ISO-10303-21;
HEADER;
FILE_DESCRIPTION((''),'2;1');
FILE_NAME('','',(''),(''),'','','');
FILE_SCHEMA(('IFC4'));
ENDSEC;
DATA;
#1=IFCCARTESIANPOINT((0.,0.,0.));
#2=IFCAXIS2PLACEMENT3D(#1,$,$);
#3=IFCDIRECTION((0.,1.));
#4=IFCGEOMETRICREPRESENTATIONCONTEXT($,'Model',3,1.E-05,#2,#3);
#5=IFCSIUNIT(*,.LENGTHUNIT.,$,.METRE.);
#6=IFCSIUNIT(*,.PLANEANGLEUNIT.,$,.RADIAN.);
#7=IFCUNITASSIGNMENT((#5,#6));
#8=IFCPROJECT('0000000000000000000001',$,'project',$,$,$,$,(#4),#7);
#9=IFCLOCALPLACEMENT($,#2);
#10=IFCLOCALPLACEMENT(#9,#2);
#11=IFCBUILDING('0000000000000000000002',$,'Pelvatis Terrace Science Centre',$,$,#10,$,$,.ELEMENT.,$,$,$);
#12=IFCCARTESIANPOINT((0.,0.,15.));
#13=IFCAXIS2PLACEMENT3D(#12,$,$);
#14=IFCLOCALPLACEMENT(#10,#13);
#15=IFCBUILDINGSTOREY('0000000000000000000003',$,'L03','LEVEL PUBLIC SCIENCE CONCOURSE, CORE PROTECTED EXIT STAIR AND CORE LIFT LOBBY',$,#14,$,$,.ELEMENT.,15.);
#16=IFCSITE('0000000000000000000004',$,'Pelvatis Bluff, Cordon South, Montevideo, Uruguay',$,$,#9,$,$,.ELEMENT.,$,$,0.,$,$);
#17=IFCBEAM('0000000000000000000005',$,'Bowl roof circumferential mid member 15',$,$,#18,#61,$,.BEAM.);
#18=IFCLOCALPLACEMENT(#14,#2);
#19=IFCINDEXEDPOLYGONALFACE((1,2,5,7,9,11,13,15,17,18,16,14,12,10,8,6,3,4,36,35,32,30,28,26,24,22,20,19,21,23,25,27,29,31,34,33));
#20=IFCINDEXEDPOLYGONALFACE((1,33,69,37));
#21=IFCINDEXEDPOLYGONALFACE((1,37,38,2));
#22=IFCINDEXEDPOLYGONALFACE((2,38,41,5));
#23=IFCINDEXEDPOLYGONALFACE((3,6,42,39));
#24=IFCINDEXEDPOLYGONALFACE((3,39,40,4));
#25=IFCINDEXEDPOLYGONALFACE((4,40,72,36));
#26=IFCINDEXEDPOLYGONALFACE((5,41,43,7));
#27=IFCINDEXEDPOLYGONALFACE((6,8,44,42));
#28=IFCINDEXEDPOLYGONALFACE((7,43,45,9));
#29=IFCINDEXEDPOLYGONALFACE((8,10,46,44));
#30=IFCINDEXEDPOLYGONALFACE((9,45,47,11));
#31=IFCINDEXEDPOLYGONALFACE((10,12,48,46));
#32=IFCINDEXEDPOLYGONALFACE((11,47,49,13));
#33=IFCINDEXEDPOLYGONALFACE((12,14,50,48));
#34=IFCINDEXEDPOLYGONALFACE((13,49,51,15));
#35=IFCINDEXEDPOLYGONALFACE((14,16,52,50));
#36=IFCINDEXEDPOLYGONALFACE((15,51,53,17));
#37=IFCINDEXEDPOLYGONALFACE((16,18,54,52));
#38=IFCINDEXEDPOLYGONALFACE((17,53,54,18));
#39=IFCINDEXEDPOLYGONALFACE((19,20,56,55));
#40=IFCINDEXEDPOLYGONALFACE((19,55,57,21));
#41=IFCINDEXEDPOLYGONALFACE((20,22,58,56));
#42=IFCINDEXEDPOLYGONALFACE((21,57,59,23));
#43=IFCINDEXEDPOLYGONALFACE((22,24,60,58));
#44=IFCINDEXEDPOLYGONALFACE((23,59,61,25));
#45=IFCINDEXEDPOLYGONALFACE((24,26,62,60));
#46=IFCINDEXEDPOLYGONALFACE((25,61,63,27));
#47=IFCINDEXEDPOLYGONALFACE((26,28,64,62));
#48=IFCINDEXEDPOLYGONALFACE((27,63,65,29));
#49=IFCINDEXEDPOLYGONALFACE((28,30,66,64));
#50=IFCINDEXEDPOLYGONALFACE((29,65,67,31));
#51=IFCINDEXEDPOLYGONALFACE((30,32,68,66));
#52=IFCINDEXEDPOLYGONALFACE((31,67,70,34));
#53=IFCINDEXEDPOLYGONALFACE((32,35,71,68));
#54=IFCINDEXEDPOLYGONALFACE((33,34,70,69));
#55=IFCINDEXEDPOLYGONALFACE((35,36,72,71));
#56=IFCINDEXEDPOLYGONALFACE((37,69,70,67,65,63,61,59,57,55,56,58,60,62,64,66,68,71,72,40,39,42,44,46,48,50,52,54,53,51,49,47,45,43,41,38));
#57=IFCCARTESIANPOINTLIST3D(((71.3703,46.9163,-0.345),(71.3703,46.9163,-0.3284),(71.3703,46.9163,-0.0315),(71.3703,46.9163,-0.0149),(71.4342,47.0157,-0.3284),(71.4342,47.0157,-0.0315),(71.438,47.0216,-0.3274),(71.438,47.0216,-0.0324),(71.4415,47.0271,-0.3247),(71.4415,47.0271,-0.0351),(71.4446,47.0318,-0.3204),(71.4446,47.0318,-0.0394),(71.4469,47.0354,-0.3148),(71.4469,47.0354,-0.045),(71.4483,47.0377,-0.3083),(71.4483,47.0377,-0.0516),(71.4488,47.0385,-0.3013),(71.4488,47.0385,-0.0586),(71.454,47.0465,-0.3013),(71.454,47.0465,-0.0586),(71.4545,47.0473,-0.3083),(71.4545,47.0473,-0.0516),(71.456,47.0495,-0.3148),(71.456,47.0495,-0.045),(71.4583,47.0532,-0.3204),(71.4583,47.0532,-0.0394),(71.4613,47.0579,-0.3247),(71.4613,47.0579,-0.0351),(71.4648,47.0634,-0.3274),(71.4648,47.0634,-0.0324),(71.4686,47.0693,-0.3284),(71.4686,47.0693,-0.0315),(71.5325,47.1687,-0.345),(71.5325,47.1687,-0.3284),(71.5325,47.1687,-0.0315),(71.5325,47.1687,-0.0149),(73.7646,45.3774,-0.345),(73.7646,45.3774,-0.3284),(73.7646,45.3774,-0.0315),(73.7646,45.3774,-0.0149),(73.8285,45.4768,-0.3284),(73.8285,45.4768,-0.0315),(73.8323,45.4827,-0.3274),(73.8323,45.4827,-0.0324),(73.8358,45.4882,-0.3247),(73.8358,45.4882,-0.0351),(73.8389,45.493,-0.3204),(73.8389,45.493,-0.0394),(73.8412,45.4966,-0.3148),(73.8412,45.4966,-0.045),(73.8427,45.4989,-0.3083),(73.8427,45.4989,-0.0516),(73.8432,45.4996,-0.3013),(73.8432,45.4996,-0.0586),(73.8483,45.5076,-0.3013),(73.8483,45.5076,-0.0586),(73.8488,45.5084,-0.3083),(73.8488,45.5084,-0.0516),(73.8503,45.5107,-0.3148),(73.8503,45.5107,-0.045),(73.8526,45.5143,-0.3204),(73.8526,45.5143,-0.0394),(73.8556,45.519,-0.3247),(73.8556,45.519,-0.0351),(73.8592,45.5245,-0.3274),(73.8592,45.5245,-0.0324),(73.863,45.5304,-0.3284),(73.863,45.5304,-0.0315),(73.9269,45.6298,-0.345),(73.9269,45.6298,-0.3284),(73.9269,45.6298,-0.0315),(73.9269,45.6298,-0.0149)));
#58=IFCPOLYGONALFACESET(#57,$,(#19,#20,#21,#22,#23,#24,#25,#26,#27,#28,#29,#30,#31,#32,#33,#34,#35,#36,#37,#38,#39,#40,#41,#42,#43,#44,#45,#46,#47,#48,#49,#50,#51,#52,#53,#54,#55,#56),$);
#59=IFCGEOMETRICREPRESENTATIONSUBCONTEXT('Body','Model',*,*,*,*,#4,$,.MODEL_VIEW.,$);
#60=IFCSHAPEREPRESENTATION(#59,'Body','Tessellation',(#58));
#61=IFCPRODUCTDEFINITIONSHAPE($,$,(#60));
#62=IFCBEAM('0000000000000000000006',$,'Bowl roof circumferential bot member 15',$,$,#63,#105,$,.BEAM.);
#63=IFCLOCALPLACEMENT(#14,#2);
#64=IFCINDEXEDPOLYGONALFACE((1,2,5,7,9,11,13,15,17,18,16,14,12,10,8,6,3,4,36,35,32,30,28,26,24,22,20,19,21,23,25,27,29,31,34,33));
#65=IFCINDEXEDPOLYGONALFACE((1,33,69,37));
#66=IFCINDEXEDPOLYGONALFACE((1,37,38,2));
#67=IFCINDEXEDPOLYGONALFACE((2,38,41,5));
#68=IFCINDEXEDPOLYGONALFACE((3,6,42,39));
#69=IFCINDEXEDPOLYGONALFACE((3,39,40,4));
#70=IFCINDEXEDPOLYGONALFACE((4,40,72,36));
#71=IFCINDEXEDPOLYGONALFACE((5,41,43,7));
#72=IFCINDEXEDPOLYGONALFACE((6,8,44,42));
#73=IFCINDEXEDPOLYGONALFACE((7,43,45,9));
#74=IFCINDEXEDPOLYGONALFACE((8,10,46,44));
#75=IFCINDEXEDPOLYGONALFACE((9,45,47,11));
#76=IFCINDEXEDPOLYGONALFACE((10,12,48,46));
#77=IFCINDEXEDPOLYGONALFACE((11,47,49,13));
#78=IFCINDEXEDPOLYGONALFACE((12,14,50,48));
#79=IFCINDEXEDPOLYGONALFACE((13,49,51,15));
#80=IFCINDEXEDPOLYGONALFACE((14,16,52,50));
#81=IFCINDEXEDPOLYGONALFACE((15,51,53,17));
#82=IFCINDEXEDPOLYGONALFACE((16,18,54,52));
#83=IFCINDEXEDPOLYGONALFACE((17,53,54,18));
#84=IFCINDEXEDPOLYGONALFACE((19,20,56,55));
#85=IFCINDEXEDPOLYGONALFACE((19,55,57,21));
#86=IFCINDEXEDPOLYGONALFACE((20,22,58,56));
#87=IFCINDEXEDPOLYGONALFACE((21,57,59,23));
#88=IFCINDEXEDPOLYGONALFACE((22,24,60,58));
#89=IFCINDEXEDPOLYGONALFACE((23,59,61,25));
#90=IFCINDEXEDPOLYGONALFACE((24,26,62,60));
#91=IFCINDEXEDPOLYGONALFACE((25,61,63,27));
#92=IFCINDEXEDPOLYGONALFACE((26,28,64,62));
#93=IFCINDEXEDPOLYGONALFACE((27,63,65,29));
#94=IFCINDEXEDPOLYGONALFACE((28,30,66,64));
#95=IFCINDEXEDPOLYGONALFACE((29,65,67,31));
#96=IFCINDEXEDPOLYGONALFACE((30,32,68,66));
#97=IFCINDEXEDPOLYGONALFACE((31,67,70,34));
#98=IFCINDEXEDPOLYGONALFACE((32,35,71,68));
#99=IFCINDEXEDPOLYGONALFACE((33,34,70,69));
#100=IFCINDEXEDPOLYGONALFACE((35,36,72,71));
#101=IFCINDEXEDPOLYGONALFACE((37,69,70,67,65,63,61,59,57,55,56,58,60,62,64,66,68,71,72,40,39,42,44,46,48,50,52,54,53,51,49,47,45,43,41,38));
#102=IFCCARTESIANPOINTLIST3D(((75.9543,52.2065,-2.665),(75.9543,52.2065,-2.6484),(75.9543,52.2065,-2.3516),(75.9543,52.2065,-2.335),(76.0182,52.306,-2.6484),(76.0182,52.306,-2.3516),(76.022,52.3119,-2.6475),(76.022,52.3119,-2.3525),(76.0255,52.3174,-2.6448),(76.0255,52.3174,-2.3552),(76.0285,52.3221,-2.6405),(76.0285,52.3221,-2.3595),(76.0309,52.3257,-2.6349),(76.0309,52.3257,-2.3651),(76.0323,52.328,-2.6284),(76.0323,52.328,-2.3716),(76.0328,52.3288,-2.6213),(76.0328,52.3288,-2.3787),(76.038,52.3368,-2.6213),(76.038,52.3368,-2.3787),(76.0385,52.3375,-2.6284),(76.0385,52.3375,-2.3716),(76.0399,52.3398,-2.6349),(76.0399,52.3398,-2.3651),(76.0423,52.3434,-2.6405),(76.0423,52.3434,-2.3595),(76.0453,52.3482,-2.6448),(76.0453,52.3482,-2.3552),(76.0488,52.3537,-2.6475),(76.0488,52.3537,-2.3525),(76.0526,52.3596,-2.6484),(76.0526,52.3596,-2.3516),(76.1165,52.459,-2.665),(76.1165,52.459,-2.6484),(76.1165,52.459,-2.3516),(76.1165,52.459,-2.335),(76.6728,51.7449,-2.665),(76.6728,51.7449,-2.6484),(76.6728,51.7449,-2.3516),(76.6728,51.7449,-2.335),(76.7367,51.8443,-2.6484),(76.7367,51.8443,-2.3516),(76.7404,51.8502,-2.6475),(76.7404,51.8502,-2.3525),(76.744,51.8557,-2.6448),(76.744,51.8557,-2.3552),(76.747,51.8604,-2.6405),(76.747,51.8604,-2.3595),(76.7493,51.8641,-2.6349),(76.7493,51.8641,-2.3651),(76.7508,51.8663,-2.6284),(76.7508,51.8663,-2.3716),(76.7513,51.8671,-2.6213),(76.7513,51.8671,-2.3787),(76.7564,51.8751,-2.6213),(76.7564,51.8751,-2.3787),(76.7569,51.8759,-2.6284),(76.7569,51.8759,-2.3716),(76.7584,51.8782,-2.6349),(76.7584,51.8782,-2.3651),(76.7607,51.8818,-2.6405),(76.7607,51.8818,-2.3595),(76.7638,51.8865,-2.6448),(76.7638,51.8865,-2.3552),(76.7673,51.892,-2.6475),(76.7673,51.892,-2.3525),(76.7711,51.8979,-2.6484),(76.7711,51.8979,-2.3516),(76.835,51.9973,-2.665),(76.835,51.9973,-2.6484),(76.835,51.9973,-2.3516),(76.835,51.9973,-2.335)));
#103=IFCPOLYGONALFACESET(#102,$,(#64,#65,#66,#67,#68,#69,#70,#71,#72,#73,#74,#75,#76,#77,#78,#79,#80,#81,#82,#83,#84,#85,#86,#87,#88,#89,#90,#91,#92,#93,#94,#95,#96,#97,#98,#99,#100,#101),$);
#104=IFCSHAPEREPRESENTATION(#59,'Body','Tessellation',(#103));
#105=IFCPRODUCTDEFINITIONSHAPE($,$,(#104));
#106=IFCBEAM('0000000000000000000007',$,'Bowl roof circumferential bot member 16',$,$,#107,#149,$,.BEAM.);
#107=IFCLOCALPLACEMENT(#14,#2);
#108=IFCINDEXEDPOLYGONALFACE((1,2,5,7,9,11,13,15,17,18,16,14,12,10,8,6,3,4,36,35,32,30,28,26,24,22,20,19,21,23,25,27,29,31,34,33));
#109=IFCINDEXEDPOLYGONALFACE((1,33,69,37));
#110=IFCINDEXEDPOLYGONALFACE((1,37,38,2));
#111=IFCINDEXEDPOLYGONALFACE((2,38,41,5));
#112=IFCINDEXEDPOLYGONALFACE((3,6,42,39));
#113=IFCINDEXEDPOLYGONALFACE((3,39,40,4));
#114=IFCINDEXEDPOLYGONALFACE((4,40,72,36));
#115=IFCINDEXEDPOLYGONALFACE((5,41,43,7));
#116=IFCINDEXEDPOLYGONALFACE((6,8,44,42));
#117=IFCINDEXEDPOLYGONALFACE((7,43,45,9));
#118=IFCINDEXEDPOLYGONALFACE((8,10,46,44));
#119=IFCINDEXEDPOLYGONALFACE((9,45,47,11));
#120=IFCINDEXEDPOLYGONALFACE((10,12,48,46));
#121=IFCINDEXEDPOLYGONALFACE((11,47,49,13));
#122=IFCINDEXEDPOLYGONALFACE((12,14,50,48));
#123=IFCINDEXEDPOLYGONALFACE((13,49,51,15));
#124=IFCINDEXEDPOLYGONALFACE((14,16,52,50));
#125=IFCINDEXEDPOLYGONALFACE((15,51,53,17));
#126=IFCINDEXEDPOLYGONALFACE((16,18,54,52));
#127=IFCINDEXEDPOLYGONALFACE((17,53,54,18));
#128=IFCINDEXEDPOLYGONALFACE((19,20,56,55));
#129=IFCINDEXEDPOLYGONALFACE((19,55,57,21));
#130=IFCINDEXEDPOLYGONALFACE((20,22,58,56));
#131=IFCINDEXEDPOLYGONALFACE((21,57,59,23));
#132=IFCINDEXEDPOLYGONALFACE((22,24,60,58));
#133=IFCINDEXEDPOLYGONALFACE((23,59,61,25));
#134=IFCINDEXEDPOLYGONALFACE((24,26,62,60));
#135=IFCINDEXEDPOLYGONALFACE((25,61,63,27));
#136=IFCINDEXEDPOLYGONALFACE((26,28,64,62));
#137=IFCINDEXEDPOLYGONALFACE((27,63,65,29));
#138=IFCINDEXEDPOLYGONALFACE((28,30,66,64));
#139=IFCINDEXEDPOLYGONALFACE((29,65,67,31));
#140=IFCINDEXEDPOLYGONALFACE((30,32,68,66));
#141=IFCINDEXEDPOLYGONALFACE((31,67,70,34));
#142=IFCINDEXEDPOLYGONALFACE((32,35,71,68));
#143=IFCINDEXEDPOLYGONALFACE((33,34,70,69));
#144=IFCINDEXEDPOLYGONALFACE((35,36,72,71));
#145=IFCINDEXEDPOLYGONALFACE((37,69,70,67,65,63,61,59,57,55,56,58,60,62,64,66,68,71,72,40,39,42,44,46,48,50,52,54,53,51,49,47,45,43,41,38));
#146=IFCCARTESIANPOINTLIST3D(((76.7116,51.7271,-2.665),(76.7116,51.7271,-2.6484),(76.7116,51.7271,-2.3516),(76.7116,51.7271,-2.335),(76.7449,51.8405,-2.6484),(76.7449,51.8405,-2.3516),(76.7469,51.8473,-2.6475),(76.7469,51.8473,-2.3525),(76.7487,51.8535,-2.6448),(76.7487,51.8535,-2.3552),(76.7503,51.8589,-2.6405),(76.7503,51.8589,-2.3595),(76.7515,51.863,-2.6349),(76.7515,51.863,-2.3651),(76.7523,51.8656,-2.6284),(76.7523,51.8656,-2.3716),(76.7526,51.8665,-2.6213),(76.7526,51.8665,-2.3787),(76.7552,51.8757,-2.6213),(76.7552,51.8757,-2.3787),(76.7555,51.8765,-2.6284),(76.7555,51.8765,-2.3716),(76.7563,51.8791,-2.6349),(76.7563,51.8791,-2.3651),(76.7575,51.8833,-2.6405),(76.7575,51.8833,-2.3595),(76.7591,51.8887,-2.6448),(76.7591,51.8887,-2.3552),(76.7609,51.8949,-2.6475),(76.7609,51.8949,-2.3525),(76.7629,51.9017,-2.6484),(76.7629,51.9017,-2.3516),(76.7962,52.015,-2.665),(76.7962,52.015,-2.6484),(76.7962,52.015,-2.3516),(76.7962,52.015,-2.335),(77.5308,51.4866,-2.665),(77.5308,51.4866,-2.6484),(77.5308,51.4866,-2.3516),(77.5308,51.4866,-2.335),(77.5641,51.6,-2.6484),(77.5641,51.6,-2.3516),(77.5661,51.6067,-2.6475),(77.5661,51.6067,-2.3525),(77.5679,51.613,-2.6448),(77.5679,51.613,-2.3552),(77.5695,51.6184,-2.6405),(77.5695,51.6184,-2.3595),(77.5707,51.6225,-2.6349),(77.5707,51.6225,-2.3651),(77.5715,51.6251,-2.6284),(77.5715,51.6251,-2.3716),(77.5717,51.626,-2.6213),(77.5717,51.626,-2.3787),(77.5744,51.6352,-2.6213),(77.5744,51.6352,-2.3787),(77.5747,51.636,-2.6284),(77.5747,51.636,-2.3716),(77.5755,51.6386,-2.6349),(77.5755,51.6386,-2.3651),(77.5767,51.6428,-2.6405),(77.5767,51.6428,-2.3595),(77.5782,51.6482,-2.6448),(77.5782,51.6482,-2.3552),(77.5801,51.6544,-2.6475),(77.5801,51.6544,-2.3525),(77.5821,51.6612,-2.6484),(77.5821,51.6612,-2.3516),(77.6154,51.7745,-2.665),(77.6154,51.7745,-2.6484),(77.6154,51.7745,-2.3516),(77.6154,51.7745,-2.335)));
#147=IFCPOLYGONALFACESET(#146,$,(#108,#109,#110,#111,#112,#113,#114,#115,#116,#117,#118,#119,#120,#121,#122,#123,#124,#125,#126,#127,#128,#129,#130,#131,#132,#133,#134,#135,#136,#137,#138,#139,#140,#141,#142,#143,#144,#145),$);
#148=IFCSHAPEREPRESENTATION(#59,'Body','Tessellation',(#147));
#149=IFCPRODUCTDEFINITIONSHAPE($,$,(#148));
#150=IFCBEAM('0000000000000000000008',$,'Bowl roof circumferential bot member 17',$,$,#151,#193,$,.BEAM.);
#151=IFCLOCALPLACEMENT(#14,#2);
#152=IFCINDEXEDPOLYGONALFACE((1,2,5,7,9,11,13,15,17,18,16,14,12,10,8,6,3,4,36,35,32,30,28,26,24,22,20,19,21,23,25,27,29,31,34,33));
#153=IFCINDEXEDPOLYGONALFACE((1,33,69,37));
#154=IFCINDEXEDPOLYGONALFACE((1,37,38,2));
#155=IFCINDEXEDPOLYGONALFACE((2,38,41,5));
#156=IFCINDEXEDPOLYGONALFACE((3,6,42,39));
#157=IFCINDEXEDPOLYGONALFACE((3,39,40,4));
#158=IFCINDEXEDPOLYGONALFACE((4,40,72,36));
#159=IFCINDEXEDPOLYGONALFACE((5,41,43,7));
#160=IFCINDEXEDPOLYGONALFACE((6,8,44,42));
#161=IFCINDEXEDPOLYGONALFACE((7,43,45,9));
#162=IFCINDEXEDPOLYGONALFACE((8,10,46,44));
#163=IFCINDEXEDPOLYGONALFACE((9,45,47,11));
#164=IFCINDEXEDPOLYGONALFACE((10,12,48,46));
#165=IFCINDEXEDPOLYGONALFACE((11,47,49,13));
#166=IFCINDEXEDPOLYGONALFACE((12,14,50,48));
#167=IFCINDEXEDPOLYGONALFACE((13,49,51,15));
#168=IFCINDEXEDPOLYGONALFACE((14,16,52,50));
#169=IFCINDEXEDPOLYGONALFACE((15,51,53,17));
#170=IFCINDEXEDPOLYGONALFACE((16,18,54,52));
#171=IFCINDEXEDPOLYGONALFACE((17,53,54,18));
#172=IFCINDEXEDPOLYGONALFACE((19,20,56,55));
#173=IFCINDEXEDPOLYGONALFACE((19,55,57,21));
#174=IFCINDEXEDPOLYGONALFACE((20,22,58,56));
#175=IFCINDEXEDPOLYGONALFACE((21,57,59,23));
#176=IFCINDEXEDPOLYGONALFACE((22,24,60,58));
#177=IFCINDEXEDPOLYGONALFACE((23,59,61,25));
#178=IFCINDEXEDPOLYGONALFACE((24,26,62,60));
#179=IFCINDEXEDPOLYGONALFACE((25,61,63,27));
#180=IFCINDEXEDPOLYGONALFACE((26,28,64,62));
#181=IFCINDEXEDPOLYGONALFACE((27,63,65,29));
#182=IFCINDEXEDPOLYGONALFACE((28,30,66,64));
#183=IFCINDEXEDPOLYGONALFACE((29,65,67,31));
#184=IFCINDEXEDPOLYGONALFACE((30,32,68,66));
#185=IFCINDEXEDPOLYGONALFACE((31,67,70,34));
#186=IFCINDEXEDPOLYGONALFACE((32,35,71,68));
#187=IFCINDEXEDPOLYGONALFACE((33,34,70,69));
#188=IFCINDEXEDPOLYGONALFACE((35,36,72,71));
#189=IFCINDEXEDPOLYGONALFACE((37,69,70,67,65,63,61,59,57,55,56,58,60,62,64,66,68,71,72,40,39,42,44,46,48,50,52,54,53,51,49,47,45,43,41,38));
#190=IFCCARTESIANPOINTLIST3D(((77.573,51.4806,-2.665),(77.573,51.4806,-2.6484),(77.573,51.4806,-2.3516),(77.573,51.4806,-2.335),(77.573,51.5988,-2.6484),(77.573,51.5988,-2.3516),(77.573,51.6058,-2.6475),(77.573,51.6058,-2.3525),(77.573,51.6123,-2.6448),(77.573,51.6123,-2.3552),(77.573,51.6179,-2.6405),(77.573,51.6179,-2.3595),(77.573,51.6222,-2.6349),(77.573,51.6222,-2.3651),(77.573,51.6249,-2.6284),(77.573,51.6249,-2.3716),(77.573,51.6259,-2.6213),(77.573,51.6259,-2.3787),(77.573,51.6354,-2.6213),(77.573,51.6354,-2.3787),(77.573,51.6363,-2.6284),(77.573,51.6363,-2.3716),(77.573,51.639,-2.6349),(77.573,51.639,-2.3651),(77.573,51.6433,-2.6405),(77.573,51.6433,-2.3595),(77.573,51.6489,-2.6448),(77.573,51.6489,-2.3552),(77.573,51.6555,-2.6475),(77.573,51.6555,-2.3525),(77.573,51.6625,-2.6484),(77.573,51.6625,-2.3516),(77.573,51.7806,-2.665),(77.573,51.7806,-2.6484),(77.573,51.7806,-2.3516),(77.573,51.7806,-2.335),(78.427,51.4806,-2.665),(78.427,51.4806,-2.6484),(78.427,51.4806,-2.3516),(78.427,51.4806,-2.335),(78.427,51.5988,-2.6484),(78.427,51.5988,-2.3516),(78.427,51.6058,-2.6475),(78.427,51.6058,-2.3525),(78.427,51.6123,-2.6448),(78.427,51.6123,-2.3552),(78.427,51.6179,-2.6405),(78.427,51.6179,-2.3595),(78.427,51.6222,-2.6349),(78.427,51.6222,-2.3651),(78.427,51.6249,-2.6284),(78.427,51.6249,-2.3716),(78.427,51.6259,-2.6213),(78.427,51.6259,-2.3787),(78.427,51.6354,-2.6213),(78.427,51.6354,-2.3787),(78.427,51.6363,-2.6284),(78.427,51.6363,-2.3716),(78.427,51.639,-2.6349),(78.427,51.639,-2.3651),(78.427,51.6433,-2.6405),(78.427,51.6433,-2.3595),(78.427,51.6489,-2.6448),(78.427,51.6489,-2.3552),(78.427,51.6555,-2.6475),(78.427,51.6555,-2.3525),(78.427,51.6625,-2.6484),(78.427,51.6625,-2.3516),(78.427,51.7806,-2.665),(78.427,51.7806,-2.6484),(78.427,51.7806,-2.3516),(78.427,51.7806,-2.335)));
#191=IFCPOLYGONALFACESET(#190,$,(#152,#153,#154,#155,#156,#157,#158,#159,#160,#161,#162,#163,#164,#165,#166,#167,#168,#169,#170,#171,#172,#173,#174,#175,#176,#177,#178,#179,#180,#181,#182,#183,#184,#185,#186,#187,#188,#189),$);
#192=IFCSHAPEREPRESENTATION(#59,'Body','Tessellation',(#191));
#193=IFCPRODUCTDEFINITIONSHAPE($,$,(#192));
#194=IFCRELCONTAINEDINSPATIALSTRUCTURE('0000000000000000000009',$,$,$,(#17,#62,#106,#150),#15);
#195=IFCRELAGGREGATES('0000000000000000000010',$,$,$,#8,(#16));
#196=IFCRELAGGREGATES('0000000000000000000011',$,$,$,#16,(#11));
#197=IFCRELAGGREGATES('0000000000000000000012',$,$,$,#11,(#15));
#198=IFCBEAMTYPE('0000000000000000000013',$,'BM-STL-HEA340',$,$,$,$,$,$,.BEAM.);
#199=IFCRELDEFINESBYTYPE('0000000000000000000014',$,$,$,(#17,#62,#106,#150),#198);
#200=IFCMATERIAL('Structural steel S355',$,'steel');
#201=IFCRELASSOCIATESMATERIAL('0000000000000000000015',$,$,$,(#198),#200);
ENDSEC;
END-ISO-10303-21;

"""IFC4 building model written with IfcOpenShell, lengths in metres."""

from ifc_helpers import new_model, si_unit, direction, frame, origin, origin_2d, place, context, subcontext, project, spatial, i_section, extrude, material, material_profile, profile_set, type_object, element, save


model = new_model("IFC4")

# Units and contexts
model_context = context("Model", 3, precision=1e-05, world=origin(), true_north=direction((0.0, 1.0)))
body_context = subcontext(model_context, "Body", "Model", "MODEL_VIEW")
ifc_project = project(units=[si_unit("LENGTHUNIT", "METRE"), si_unit("PLANEANGLEUNIT", "RADIAN")], contexts=[model_context])

# Site, building, storey
site_placement = place(None, origin())
site = spatial("IfcSite", under=ifc_project, at=site_placement, Name="Pelvatis Bluff, Cordon South, Montevideo, Uruguay", CompositionType="ELEMENT", RefElevation=0.0)
building_placement = place(site_placement, origin())
building = spatial("IfcBuilding", under=site, at=building_placement, Name="Pelvatis Terrace Science Centre", CompositionType="ELEMENT")
storey_placement = place(building_placement, frame((0.0, 0.0, 15.0)))
storey = spatial("IfcBuildingStorey", under=building, at=storey_placement, Name="L03", Description="LEVEL PUBLIC SCIENCE CONCOURSE, CORE PROTECTED EXIT STAIR AND CORE LIFT LOBBY", CompositionType="ELEMENT", Elevation=15.0)

# Beams
ifc_material_1 = material(Name="Structural steel S355", Category="steel")
ifc_material_profile_1 = material_profile(ifc_material_1, i_section(OverallWidth=0.3, OverallDepth=0.3301, WebThickness=0.0095, FlangeThickness=0.0166, FilletRadius=0.0271, at=origin_2d()), Name="HEA 340")
ifc_profile_set_1 = profile_set([ifc_material_profile_1], Name="Structural steel S355")
beam_type_1 = type_object("IfcBeamType", Name="BM-STL-HEA340", PredefinedType="BEAM", material=ifc_profile_set_1)
beam_1_placement = place(storey_placement, frame((71.4514, 47.0425, -0.1799), z_axis=(0.841237, -0.540667, 0.0), x_axis=(0.540667, 0.841237, 0.0)))
element("IfcBeam", 1, at=beam_1_placement, inside=storey, type_object=beam_type_1, Name="Bowl roof circumferential mid member 15", PredefinedType="BEAM", context=body_context, shape_type="SweptSolid", body=[
    extrude(i_section(OverallWidth=0.3, OverallDepth=0.3301, WebThickness=0.0095, FlangeThickness=0.0166, FilletRadius=0.0271, at=origin_2d()), origin(), (0.0, 0.0, 1.0), 2.8462),
])
beam_2_placement = place(storey_placement, frame((76.0354, 52.3328, -2.5), z_axis=(0.841299, -0.54057, 0.0), x_axis=(0.54057, 0.841299, 0.0)))
element("IfcBeam", 2, at=beam_2_placement, inside=storey, type_object=beam_type_1, Name="Bowl roof circumferential bot member 15", PredefinedType="BEAM", context=body_context, shape_type="SweptSolid", body=[
    extrude(i_section(OverallWidth=0.3, OverallDepth=0.3301, WebThickness=0.0095, FlangeThickness=0.0166, FilletRadius=0.0271, at=origin_2d()), origin(), (0.0, 0.0, 1.0), 0.854),
])
beam_3_placement = place(storey_placement, frame((76.7539, 51.8711, -2.5), z_axis=(0.959502, -0.281702, 0.0), x_axis=(0.281702, 0.959502, 0.0)))
element("IfcBeam", 3, at=beam_3_placement, inside=storey, type_object=beam_type_1, Name="Bowl roof circumferential bot member 16", PredefinedType="BEAM", context=body_context, shape_type="SweptSolid", body=[
    extrude(i_section(OverallWidth=0.3, OverallDepth=0.3301, WebThickness=0.0095, FlangeThickness=0.0166, FilletRadius=0.0271, at=origin_2d()), origin(), (0.0, 0.0, 1.0), 0.8538),
])
beam_4_placement = place(storey_placement, frame((77.573, 51.6306, -2.5), z_axis=(1.0, 0.0, 0.0), x_axis=(0.0, 1.0, 0.0)))
element("IfcBeam", 4, at=beam_4_placement, inside=storey, type_object=beam_type_1, Name="Bowl roof circumferential bot member 17", PredefinedType="BEAM", context=body_context, shape_type="SweptSolid", body=[
    extrude(i_section(OverallWidth=0.3, OverallDepth=0.3301, WebThickness=0.0095, FlangeThickness=0.0166, FilletRadius=0.0271, at=origin_2d()), origin(), (0.0, 0.0, 1.0), 0.854),
])

save(model, "model.ifc")
